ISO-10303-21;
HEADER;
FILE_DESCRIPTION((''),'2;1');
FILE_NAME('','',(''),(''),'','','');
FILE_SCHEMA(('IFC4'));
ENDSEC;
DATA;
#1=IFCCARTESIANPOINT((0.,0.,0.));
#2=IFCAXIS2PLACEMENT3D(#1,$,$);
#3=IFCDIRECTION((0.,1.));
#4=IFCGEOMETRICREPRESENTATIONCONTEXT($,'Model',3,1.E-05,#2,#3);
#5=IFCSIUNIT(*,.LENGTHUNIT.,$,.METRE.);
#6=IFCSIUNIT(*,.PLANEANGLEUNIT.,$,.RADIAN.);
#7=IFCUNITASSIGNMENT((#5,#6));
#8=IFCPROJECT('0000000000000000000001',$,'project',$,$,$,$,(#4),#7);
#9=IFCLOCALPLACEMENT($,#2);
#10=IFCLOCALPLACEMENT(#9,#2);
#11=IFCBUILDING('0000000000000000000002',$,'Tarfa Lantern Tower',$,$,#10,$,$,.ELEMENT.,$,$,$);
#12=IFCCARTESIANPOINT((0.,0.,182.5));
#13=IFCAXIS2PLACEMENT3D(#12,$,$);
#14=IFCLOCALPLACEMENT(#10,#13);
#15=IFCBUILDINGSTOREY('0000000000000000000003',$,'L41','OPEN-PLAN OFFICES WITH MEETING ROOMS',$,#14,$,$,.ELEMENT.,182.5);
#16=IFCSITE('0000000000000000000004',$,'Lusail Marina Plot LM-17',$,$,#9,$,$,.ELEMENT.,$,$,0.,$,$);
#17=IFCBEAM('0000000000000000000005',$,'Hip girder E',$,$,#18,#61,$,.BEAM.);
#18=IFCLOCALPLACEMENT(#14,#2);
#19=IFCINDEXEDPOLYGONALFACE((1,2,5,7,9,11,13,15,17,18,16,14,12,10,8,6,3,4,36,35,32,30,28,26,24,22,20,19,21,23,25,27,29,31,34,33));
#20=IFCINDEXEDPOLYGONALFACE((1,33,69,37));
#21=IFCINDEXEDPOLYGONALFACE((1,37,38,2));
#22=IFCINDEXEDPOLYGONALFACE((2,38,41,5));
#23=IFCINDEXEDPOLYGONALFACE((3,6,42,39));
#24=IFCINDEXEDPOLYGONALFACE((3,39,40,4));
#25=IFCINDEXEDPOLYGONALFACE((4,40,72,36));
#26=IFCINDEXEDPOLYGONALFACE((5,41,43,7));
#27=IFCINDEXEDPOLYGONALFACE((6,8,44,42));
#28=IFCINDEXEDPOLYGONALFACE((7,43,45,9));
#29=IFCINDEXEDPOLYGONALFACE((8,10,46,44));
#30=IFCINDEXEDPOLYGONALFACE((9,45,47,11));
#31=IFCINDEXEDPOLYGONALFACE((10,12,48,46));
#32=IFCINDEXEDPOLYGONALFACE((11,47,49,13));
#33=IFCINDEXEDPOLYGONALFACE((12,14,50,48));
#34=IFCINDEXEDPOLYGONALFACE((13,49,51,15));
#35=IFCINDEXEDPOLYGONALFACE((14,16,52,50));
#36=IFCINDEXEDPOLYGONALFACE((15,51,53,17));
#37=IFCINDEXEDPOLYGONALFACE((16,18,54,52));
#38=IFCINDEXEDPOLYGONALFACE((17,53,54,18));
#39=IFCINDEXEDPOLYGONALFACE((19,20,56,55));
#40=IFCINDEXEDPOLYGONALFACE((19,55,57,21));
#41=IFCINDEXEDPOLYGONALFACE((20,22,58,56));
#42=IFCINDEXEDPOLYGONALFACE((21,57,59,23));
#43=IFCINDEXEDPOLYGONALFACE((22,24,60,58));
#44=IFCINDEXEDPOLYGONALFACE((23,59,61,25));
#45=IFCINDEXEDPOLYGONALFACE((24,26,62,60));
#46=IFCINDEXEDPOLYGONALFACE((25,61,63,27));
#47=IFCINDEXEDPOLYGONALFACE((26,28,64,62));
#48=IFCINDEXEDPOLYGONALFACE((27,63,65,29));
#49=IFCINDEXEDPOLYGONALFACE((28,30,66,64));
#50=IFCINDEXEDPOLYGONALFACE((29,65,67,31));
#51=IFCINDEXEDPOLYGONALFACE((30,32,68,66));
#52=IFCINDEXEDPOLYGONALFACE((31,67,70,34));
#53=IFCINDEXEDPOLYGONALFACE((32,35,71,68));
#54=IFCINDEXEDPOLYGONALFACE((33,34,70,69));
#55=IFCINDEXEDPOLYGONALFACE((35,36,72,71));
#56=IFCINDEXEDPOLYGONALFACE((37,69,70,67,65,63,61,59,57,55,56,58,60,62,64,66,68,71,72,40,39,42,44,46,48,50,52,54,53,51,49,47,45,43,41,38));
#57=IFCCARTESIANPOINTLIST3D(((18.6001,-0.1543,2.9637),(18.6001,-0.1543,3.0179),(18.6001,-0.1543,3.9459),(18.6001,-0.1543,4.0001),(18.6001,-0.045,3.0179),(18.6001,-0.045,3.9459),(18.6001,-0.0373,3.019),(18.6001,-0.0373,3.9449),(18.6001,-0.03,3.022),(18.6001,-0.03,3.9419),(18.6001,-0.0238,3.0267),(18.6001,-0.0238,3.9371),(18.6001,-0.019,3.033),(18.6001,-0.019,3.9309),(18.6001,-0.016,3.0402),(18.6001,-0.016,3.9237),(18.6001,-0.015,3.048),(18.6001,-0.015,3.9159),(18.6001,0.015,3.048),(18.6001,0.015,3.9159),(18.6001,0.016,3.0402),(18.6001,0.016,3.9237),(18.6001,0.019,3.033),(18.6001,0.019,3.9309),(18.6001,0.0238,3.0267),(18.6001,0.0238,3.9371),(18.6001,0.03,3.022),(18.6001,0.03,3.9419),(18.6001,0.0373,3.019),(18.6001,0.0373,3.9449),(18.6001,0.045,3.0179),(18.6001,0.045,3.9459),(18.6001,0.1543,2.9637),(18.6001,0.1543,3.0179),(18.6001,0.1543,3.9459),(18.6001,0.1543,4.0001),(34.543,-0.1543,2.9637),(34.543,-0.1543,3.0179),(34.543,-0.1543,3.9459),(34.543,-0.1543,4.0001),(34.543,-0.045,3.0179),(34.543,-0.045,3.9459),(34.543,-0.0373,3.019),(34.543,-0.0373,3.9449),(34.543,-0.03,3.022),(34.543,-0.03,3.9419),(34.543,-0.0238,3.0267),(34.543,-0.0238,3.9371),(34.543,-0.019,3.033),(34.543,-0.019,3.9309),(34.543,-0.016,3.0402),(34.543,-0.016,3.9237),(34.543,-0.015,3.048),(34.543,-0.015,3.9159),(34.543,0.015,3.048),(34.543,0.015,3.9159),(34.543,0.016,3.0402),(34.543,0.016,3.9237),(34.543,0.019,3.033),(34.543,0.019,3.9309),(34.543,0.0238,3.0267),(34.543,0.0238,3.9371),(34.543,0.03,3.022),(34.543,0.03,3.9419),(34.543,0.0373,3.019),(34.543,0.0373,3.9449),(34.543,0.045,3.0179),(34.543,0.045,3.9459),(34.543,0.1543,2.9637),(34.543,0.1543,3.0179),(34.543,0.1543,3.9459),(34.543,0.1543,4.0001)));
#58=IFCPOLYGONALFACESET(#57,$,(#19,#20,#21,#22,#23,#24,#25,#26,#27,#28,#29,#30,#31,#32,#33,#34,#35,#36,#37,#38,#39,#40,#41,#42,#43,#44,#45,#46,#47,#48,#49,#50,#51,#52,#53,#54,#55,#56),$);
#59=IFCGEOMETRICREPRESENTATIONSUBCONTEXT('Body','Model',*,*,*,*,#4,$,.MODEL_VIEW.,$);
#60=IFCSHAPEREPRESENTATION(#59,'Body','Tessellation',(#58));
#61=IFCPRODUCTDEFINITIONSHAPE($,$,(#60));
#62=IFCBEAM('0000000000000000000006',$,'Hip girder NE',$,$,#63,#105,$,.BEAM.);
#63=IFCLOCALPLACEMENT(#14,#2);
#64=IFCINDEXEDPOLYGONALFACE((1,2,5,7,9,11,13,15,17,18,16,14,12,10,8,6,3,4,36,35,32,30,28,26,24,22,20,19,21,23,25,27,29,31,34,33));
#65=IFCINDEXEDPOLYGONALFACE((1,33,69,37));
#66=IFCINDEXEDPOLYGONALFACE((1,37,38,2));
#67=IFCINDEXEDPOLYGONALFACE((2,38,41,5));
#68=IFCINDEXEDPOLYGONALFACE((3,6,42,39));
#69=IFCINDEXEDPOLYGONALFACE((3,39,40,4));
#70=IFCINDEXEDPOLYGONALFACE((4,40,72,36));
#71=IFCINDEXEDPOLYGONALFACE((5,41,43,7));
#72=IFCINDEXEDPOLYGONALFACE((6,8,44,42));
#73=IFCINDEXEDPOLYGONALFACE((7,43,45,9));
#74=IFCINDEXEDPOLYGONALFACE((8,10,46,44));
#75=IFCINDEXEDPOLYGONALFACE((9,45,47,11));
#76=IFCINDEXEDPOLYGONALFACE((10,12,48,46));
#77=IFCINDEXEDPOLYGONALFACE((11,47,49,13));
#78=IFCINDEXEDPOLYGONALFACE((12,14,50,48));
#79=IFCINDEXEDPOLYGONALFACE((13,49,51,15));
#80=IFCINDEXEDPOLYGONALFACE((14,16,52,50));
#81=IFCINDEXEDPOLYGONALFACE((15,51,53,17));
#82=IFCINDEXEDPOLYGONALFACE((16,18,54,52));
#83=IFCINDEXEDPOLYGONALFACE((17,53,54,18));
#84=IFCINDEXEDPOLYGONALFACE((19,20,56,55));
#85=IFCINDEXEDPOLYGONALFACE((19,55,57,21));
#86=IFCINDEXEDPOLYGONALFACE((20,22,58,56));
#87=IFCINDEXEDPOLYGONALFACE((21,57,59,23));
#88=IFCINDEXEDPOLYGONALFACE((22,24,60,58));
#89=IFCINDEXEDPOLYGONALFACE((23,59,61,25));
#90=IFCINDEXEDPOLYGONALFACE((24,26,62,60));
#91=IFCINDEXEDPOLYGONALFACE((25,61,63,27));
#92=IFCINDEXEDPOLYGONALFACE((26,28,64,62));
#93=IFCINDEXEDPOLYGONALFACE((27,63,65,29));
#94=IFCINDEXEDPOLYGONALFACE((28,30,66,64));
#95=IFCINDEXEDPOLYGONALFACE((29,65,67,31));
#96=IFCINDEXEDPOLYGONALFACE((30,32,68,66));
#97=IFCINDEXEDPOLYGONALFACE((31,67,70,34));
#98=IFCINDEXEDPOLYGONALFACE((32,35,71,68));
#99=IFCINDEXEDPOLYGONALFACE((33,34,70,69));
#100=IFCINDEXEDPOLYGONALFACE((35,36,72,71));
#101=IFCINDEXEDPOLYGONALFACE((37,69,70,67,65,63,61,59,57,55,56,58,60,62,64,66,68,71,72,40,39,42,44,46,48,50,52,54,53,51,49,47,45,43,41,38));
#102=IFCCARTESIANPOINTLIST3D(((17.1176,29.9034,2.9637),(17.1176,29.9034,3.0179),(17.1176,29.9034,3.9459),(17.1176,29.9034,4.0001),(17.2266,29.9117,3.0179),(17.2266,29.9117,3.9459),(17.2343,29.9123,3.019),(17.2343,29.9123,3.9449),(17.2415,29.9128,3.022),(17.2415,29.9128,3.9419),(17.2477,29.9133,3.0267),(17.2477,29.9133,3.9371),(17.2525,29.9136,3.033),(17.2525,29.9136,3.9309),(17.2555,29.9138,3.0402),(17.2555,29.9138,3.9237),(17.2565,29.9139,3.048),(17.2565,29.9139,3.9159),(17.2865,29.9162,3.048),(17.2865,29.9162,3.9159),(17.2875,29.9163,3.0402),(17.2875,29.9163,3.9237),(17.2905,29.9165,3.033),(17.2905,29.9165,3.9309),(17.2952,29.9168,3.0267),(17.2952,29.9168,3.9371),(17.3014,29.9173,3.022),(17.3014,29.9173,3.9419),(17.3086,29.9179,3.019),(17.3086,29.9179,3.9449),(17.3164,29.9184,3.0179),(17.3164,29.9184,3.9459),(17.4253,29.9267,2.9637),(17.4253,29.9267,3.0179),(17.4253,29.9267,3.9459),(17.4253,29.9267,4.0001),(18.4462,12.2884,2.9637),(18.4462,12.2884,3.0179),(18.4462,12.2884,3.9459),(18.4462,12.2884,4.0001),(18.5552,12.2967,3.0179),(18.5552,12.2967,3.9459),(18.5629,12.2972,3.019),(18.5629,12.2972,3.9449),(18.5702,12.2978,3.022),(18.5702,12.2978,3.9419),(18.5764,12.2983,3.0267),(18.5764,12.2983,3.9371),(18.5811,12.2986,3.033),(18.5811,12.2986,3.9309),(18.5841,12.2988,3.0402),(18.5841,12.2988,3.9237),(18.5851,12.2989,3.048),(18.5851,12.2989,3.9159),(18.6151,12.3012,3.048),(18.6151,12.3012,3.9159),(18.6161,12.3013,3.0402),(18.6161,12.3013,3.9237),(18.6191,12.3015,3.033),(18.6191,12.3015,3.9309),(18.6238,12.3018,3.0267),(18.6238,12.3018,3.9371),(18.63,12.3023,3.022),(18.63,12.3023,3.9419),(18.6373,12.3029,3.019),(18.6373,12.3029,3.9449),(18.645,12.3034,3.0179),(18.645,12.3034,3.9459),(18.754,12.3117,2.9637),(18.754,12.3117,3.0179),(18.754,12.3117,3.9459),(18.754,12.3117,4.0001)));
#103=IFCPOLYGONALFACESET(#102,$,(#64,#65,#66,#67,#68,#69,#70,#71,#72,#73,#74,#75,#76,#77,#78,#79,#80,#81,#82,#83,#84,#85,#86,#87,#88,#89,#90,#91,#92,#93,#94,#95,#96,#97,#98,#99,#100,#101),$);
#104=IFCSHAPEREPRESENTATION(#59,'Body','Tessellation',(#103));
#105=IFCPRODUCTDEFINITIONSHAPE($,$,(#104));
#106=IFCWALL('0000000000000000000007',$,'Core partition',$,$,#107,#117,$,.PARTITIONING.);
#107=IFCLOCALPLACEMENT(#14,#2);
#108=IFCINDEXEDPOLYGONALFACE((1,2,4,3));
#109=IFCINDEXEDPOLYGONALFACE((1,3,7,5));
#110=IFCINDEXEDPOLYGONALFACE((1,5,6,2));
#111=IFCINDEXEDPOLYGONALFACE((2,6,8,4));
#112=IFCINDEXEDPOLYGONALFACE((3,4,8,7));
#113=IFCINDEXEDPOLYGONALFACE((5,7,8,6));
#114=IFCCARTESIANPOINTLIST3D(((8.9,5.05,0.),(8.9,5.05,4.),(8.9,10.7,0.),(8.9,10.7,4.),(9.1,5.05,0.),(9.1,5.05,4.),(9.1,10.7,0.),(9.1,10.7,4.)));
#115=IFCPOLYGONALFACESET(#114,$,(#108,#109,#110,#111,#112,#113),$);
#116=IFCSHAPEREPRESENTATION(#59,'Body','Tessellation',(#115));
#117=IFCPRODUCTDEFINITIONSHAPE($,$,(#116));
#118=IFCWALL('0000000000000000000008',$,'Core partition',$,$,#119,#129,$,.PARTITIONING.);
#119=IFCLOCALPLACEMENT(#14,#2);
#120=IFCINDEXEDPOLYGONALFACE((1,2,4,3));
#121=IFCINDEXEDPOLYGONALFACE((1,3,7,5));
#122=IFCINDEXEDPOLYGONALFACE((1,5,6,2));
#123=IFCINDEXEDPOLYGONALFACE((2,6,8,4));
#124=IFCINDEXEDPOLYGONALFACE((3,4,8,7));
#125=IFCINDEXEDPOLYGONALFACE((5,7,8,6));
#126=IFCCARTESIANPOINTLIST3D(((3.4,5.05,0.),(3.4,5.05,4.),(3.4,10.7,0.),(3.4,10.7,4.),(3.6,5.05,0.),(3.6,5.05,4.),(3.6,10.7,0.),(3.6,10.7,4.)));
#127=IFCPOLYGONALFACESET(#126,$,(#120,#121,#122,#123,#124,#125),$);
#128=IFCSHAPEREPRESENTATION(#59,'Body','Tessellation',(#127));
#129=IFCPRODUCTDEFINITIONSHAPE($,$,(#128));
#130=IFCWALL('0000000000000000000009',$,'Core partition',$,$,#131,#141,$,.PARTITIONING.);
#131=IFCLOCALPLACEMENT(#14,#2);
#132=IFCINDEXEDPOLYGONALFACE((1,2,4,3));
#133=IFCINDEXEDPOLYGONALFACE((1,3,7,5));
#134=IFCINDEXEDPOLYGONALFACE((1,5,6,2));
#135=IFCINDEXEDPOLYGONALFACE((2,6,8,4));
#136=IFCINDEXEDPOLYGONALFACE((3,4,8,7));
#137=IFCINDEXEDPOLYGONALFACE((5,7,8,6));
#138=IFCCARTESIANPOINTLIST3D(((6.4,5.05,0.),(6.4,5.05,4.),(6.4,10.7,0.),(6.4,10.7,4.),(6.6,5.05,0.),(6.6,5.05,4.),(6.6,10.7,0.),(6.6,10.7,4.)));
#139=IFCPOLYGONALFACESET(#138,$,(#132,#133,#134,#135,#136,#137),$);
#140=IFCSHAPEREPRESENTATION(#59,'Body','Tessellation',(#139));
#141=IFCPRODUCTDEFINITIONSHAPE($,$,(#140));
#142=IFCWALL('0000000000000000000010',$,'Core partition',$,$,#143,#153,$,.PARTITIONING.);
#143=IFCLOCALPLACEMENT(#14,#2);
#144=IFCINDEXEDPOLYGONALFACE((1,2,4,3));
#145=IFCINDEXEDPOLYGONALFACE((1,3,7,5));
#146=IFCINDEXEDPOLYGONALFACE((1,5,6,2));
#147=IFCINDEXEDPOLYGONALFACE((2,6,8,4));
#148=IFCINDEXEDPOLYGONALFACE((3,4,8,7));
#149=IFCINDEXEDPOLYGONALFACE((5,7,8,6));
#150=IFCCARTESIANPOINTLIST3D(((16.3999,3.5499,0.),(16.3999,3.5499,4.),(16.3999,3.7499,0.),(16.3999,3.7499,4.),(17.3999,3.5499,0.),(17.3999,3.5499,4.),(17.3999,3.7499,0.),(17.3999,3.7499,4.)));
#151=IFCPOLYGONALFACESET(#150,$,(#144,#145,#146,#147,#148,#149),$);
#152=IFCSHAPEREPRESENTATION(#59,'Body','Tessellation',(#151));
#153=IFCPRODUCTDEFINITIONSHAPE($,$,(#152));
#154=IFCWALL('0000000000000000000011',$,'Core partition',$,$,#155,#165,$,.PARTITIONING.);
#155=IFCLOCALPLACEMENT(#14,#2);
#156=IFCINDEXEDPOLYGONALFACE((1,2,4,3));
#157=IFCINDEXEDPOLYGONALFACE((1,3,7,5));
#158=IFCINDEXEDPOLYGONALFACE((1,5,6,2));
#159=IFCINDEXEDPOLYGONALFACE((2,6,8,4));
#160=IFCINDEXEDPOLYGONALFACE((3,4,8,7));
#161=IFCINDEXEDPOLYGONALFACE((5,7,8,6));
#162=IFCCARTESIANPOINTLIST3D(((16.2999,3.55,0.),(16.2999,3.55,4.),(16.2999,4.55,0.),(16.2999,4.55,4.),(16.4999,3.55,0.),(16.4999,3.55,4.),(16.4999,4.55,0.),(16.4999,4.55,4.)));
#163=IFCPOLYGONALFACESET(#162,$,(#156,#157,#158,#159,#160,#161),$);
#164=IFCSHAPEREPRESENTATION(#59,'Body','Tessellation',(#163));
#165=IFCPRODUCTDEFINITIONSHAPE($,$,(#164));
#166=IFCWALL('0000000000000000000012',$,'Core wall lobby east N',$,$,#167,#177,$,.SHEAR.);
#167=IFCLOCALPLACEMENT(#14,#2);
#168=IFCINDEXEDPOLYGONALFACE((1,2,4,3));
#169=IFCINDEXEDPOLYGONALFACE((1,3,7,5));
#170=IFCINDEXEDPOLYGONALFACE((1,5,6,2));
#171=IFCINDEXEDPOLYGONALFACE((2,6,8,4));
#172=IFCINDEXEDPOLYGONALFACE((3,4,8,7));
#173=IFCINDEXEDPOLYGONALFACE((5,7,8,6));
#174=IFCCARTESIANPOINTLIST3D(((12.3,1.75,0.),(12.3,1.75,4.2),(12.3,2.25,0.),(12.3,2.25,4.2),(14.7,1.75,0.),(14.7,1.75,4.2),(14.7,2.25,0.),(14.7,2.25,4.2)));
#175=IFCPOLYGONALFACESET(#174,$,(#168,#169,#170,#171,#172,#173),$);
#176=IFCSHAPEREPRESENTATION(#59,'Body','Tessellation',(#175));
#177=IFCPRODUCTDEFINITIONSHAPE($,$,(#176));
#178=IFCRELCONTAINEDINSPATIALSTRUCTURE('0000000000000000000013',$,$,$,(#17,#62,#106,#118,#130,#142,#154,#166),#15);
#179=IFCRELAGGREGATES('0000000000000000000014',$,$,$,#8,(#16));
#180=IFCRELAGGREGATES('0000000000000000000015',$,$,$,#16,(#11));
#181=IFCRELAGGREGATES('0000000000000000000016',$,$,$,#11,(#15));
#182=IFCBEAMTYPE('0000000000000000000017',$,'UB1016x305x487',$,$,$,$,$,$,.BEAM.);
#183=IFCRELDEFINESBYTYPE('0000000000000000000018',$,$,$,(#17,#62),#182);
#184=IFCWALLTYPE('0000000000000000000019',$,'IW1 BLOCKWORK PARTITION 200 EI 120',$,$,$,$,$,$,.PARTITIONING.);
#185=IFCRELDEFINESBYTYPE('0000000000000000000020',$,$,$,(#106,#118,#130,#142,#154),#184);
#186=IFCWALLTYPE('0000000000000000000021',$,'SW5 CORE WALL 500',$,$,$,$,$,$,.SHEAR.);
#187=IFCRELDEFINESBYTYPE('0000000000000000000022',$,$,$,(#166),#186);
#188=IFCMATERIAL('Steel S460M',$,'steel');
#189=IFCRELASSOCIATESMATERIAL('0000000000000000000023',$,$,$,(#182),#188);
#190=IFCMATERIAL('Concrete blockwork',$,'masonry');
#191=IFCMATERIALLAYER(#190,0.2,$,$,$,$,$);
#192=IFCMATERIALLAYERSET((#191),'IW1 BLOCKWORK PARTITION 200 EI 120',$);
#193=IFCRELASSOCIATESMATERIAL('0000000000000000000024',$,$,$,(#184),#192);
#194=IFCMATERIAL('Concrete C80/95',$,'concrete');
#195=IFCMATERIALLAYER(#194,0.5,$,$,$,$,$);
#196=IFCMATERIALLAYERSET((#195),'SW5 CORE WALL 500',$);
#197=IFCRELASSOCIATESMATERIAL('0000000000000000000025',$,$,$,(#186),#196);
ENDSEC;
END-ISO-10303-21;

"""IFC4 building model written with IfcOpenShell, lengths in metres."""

from ifc_helpers import new_model, si_unit, direction, frame, frame_2d, origin, origin_2d, place, context, subcontext, project, spatial, rectangle, i_section, extrude, material, layer, layer_set, material_profile, profile_set, type_object, element, save


model = new_model("IFC4")

# Units and contexts
model_context = context("Model", 3, precision=1e-05, world=origin(), true_north=direction((0.0, 1.0)))
body_context = subcontext(model_context, "Body", "Model", "MODEL_VIEW")
ifc_project = project(units=[si_unit("LENGTHUNIT", "METRE"), si_unit("PLANEANGLEUNIT", "RADIAN")], contexts=[model_context])

# Site, building, storey
site_placement = place(None, origin())
site = spatial("IfcSite", under=ifc_project, at=site_placement, Name="Lusail Marina Plot LM-17", CompositionType="ELEMENT", RefElevation=0.0)
building_placement = place(site_placement, origin())
building = spatial("IfcBuilding", under=site, at=building_placement, Name="Tarfa Lantern Tower", CompositionType="ELEMENT")
storey_placement = place(building_placement, frame((0.0, 0.0, 182.5)))
storey = spatial("IfcBuildingStorey", under=building, at=storey_placement, Name="L41", Description="OPEN-PLAN OFFICES WITH MEETING ROOMS", CompositionType="ELEMENT", Elevation=182.5)

# Beams
ifc_material_1 = material(Name="Steel S460M", Category="steel")
ifc_material_profile = material_profile(ifc_material_1, i_section(OverallWidth=0.3086, OverallDepth=1.0364, WebThickness=0.03, FlangeThickness=0.0542, FilletRadius=0.03, at=origin_2d()), Name="UB1016x305x487")
ifc_profile_set = profile_set([ifc_material_profile], Name="Steel S460M")
beam_type = type_object("IfcBeamType", Name="UB1016x305x487", PredefinedType="BEAM", material=ifc_profile_set)
beam_1_placement = place(storey_placement, frame((18.6001, 0.0, 3.4819), z_axis=(1.0, 0.0, 0.0), x_axis=(0.0, 1.0, 0.0)))
element("IfcBeam", 1, at=beam_1_placement, inside=storey, type_object=beam_type, Name="Hip girder E", PredefinedType="BEAM", context=body_context, shape_type="SweptSolid", body=[
    extrude(i_section(OverallWidth=0.3086, OverallDepth=1.0364, WebThickness=0.03, FlangeThickness=0.0542, FilletRadius=0.03, at=origin_2d()), origin(), (0.0, 0.0, 1.0), 15.9429),
])
beam_2_placement = place(storey_placement, frame((18.6001, 12.3, 3.4819), z_axis=(-0.075212, 0.997168, 0.0), x_axis=(-0.997168, -0.075212, 0.0)))
element("IfcBeam", 2, at=beam_2_placement, inside=storey, type_object=beam_type, Name="Hip girder NE", PredefinedType="BEAM", context=body_context, shape_type="SweptSolid", body=[
    extrude(i_section(OverallWidth=0.3086, OverallDepth=1.0364, WebThickness=0.03, FlangeThickness=0.0542, FilletRadius=0.03, at=origin_2d()), origin(), (0.0, 0.0, 1.0), 17.665),
])

# Walls
ifc_material_2 = material(Name="Concrete blockwork", Category="masonry")
ifc_layer_1 = layer(ifc_material_2, 0.2)
ifc_layer_set_1 = layer_set([ifc_layer_1], Name="IW1 BLOCKWORK PARTITION 200 EI 120")
wall_type_1 = type_object("IfcWallType", Name="IW1 BLOCKWORK PARTITION 200 EI 120", PredefinedType="PARTITIONING", material=ifc_layer_set_1)
for number, where, z_axis, x_axis, name in (
    (3, (9.0, 5.05, 0.0), (0.0, 0.0, 1.0), (0.0, 1.0, 0.0), "Core partition"),
    (4, (3.5, 5.05, 0.0), (0.0, 0.0, 1.0), (0.0, 1.0, 0.0), "Core partition"),
    (5, (6.5, 5.05, 0.0), (0.0, 0.0, 1.0), (0.0, 1.0, 0.0), "Core partition"),
):
    element("IfcWall", number, at=place(storey_placement, frame(where, z_axis=z_axis, x_axis=x_axis)), inside=storey, type_object=wall_type_1, Name=name, PredefinedType="PARTITIONING", context=body_context, shape_type="SweptSolid", body=[
        extrude(rectangle(XDim=5.6499, YDim=0.2, at=frame_2d((2.825, 0.0))), origin(), (0.0, 0.0, 1.0), 4.0),
    ])
for number, where, z_axis, x_axis, name in (
    (6, (16.3999, 3.6499, 0.0), (0.0, 0.0, 1.0), (1.0, 0.0, 0.0), "Core partition"),
    (7, (16.3999, 3.55, 0.0), (0.0, 0.0, 1.0), (0.0, 1.0, 0.0), "Core partition"),
):
    element("IfcWall", number, at=place(storey_placement, frame(where, z_axis=z_axis, x_axis=x_axis)), inside=storey, type_object=wall_type_1, Name=name, PredefinedType="PARTITIONING", context=body_context, shape_type="SweptSolid", body=[
        extrude(rectangle(XDim=1.0, YDim=0.2, at=frame_2d((0.5, 0.0))), origin(), (0.0, 0.0, 1.0), 4.0),
    ])
ifc_material_3 = material(Name="Concrete C80/95", Category="concrete")
ifc_layer_2 = layer(ifc_material_3, 0.5)
ifc_layer_set_2 = layer_set([ifc_layer_2], Name="SW5 CORE WALL 500")
wall_type_2 = type_object("IfcWallType", Name="SW5 CORE WALL 500", PredefinedType="SHEAR", material=ifc_layer_set_2)
wall_1_placement = place(storey_placement, frame((12.3, 2.0, 0.0), z_axis=(0.0, 0.0, 1.0), x_axis=(1.0, 0.0, 0.0)))
element("IfcWall", 8, at=wall_1_placement, inside=storey, type_object=wall_type_2, Name="Core wall lobby east N", PredefinedType="SHEAR", context=body_context, shape_type="SweptSolid", body=[
    extrude(rectangle(XDim=2.3999, YDim=0.5, at=frame_2d((1.2, 0.0))), origin(), (0.0, 0.0, 1.0), 4.2),
])

save(model, "model.ifc")
